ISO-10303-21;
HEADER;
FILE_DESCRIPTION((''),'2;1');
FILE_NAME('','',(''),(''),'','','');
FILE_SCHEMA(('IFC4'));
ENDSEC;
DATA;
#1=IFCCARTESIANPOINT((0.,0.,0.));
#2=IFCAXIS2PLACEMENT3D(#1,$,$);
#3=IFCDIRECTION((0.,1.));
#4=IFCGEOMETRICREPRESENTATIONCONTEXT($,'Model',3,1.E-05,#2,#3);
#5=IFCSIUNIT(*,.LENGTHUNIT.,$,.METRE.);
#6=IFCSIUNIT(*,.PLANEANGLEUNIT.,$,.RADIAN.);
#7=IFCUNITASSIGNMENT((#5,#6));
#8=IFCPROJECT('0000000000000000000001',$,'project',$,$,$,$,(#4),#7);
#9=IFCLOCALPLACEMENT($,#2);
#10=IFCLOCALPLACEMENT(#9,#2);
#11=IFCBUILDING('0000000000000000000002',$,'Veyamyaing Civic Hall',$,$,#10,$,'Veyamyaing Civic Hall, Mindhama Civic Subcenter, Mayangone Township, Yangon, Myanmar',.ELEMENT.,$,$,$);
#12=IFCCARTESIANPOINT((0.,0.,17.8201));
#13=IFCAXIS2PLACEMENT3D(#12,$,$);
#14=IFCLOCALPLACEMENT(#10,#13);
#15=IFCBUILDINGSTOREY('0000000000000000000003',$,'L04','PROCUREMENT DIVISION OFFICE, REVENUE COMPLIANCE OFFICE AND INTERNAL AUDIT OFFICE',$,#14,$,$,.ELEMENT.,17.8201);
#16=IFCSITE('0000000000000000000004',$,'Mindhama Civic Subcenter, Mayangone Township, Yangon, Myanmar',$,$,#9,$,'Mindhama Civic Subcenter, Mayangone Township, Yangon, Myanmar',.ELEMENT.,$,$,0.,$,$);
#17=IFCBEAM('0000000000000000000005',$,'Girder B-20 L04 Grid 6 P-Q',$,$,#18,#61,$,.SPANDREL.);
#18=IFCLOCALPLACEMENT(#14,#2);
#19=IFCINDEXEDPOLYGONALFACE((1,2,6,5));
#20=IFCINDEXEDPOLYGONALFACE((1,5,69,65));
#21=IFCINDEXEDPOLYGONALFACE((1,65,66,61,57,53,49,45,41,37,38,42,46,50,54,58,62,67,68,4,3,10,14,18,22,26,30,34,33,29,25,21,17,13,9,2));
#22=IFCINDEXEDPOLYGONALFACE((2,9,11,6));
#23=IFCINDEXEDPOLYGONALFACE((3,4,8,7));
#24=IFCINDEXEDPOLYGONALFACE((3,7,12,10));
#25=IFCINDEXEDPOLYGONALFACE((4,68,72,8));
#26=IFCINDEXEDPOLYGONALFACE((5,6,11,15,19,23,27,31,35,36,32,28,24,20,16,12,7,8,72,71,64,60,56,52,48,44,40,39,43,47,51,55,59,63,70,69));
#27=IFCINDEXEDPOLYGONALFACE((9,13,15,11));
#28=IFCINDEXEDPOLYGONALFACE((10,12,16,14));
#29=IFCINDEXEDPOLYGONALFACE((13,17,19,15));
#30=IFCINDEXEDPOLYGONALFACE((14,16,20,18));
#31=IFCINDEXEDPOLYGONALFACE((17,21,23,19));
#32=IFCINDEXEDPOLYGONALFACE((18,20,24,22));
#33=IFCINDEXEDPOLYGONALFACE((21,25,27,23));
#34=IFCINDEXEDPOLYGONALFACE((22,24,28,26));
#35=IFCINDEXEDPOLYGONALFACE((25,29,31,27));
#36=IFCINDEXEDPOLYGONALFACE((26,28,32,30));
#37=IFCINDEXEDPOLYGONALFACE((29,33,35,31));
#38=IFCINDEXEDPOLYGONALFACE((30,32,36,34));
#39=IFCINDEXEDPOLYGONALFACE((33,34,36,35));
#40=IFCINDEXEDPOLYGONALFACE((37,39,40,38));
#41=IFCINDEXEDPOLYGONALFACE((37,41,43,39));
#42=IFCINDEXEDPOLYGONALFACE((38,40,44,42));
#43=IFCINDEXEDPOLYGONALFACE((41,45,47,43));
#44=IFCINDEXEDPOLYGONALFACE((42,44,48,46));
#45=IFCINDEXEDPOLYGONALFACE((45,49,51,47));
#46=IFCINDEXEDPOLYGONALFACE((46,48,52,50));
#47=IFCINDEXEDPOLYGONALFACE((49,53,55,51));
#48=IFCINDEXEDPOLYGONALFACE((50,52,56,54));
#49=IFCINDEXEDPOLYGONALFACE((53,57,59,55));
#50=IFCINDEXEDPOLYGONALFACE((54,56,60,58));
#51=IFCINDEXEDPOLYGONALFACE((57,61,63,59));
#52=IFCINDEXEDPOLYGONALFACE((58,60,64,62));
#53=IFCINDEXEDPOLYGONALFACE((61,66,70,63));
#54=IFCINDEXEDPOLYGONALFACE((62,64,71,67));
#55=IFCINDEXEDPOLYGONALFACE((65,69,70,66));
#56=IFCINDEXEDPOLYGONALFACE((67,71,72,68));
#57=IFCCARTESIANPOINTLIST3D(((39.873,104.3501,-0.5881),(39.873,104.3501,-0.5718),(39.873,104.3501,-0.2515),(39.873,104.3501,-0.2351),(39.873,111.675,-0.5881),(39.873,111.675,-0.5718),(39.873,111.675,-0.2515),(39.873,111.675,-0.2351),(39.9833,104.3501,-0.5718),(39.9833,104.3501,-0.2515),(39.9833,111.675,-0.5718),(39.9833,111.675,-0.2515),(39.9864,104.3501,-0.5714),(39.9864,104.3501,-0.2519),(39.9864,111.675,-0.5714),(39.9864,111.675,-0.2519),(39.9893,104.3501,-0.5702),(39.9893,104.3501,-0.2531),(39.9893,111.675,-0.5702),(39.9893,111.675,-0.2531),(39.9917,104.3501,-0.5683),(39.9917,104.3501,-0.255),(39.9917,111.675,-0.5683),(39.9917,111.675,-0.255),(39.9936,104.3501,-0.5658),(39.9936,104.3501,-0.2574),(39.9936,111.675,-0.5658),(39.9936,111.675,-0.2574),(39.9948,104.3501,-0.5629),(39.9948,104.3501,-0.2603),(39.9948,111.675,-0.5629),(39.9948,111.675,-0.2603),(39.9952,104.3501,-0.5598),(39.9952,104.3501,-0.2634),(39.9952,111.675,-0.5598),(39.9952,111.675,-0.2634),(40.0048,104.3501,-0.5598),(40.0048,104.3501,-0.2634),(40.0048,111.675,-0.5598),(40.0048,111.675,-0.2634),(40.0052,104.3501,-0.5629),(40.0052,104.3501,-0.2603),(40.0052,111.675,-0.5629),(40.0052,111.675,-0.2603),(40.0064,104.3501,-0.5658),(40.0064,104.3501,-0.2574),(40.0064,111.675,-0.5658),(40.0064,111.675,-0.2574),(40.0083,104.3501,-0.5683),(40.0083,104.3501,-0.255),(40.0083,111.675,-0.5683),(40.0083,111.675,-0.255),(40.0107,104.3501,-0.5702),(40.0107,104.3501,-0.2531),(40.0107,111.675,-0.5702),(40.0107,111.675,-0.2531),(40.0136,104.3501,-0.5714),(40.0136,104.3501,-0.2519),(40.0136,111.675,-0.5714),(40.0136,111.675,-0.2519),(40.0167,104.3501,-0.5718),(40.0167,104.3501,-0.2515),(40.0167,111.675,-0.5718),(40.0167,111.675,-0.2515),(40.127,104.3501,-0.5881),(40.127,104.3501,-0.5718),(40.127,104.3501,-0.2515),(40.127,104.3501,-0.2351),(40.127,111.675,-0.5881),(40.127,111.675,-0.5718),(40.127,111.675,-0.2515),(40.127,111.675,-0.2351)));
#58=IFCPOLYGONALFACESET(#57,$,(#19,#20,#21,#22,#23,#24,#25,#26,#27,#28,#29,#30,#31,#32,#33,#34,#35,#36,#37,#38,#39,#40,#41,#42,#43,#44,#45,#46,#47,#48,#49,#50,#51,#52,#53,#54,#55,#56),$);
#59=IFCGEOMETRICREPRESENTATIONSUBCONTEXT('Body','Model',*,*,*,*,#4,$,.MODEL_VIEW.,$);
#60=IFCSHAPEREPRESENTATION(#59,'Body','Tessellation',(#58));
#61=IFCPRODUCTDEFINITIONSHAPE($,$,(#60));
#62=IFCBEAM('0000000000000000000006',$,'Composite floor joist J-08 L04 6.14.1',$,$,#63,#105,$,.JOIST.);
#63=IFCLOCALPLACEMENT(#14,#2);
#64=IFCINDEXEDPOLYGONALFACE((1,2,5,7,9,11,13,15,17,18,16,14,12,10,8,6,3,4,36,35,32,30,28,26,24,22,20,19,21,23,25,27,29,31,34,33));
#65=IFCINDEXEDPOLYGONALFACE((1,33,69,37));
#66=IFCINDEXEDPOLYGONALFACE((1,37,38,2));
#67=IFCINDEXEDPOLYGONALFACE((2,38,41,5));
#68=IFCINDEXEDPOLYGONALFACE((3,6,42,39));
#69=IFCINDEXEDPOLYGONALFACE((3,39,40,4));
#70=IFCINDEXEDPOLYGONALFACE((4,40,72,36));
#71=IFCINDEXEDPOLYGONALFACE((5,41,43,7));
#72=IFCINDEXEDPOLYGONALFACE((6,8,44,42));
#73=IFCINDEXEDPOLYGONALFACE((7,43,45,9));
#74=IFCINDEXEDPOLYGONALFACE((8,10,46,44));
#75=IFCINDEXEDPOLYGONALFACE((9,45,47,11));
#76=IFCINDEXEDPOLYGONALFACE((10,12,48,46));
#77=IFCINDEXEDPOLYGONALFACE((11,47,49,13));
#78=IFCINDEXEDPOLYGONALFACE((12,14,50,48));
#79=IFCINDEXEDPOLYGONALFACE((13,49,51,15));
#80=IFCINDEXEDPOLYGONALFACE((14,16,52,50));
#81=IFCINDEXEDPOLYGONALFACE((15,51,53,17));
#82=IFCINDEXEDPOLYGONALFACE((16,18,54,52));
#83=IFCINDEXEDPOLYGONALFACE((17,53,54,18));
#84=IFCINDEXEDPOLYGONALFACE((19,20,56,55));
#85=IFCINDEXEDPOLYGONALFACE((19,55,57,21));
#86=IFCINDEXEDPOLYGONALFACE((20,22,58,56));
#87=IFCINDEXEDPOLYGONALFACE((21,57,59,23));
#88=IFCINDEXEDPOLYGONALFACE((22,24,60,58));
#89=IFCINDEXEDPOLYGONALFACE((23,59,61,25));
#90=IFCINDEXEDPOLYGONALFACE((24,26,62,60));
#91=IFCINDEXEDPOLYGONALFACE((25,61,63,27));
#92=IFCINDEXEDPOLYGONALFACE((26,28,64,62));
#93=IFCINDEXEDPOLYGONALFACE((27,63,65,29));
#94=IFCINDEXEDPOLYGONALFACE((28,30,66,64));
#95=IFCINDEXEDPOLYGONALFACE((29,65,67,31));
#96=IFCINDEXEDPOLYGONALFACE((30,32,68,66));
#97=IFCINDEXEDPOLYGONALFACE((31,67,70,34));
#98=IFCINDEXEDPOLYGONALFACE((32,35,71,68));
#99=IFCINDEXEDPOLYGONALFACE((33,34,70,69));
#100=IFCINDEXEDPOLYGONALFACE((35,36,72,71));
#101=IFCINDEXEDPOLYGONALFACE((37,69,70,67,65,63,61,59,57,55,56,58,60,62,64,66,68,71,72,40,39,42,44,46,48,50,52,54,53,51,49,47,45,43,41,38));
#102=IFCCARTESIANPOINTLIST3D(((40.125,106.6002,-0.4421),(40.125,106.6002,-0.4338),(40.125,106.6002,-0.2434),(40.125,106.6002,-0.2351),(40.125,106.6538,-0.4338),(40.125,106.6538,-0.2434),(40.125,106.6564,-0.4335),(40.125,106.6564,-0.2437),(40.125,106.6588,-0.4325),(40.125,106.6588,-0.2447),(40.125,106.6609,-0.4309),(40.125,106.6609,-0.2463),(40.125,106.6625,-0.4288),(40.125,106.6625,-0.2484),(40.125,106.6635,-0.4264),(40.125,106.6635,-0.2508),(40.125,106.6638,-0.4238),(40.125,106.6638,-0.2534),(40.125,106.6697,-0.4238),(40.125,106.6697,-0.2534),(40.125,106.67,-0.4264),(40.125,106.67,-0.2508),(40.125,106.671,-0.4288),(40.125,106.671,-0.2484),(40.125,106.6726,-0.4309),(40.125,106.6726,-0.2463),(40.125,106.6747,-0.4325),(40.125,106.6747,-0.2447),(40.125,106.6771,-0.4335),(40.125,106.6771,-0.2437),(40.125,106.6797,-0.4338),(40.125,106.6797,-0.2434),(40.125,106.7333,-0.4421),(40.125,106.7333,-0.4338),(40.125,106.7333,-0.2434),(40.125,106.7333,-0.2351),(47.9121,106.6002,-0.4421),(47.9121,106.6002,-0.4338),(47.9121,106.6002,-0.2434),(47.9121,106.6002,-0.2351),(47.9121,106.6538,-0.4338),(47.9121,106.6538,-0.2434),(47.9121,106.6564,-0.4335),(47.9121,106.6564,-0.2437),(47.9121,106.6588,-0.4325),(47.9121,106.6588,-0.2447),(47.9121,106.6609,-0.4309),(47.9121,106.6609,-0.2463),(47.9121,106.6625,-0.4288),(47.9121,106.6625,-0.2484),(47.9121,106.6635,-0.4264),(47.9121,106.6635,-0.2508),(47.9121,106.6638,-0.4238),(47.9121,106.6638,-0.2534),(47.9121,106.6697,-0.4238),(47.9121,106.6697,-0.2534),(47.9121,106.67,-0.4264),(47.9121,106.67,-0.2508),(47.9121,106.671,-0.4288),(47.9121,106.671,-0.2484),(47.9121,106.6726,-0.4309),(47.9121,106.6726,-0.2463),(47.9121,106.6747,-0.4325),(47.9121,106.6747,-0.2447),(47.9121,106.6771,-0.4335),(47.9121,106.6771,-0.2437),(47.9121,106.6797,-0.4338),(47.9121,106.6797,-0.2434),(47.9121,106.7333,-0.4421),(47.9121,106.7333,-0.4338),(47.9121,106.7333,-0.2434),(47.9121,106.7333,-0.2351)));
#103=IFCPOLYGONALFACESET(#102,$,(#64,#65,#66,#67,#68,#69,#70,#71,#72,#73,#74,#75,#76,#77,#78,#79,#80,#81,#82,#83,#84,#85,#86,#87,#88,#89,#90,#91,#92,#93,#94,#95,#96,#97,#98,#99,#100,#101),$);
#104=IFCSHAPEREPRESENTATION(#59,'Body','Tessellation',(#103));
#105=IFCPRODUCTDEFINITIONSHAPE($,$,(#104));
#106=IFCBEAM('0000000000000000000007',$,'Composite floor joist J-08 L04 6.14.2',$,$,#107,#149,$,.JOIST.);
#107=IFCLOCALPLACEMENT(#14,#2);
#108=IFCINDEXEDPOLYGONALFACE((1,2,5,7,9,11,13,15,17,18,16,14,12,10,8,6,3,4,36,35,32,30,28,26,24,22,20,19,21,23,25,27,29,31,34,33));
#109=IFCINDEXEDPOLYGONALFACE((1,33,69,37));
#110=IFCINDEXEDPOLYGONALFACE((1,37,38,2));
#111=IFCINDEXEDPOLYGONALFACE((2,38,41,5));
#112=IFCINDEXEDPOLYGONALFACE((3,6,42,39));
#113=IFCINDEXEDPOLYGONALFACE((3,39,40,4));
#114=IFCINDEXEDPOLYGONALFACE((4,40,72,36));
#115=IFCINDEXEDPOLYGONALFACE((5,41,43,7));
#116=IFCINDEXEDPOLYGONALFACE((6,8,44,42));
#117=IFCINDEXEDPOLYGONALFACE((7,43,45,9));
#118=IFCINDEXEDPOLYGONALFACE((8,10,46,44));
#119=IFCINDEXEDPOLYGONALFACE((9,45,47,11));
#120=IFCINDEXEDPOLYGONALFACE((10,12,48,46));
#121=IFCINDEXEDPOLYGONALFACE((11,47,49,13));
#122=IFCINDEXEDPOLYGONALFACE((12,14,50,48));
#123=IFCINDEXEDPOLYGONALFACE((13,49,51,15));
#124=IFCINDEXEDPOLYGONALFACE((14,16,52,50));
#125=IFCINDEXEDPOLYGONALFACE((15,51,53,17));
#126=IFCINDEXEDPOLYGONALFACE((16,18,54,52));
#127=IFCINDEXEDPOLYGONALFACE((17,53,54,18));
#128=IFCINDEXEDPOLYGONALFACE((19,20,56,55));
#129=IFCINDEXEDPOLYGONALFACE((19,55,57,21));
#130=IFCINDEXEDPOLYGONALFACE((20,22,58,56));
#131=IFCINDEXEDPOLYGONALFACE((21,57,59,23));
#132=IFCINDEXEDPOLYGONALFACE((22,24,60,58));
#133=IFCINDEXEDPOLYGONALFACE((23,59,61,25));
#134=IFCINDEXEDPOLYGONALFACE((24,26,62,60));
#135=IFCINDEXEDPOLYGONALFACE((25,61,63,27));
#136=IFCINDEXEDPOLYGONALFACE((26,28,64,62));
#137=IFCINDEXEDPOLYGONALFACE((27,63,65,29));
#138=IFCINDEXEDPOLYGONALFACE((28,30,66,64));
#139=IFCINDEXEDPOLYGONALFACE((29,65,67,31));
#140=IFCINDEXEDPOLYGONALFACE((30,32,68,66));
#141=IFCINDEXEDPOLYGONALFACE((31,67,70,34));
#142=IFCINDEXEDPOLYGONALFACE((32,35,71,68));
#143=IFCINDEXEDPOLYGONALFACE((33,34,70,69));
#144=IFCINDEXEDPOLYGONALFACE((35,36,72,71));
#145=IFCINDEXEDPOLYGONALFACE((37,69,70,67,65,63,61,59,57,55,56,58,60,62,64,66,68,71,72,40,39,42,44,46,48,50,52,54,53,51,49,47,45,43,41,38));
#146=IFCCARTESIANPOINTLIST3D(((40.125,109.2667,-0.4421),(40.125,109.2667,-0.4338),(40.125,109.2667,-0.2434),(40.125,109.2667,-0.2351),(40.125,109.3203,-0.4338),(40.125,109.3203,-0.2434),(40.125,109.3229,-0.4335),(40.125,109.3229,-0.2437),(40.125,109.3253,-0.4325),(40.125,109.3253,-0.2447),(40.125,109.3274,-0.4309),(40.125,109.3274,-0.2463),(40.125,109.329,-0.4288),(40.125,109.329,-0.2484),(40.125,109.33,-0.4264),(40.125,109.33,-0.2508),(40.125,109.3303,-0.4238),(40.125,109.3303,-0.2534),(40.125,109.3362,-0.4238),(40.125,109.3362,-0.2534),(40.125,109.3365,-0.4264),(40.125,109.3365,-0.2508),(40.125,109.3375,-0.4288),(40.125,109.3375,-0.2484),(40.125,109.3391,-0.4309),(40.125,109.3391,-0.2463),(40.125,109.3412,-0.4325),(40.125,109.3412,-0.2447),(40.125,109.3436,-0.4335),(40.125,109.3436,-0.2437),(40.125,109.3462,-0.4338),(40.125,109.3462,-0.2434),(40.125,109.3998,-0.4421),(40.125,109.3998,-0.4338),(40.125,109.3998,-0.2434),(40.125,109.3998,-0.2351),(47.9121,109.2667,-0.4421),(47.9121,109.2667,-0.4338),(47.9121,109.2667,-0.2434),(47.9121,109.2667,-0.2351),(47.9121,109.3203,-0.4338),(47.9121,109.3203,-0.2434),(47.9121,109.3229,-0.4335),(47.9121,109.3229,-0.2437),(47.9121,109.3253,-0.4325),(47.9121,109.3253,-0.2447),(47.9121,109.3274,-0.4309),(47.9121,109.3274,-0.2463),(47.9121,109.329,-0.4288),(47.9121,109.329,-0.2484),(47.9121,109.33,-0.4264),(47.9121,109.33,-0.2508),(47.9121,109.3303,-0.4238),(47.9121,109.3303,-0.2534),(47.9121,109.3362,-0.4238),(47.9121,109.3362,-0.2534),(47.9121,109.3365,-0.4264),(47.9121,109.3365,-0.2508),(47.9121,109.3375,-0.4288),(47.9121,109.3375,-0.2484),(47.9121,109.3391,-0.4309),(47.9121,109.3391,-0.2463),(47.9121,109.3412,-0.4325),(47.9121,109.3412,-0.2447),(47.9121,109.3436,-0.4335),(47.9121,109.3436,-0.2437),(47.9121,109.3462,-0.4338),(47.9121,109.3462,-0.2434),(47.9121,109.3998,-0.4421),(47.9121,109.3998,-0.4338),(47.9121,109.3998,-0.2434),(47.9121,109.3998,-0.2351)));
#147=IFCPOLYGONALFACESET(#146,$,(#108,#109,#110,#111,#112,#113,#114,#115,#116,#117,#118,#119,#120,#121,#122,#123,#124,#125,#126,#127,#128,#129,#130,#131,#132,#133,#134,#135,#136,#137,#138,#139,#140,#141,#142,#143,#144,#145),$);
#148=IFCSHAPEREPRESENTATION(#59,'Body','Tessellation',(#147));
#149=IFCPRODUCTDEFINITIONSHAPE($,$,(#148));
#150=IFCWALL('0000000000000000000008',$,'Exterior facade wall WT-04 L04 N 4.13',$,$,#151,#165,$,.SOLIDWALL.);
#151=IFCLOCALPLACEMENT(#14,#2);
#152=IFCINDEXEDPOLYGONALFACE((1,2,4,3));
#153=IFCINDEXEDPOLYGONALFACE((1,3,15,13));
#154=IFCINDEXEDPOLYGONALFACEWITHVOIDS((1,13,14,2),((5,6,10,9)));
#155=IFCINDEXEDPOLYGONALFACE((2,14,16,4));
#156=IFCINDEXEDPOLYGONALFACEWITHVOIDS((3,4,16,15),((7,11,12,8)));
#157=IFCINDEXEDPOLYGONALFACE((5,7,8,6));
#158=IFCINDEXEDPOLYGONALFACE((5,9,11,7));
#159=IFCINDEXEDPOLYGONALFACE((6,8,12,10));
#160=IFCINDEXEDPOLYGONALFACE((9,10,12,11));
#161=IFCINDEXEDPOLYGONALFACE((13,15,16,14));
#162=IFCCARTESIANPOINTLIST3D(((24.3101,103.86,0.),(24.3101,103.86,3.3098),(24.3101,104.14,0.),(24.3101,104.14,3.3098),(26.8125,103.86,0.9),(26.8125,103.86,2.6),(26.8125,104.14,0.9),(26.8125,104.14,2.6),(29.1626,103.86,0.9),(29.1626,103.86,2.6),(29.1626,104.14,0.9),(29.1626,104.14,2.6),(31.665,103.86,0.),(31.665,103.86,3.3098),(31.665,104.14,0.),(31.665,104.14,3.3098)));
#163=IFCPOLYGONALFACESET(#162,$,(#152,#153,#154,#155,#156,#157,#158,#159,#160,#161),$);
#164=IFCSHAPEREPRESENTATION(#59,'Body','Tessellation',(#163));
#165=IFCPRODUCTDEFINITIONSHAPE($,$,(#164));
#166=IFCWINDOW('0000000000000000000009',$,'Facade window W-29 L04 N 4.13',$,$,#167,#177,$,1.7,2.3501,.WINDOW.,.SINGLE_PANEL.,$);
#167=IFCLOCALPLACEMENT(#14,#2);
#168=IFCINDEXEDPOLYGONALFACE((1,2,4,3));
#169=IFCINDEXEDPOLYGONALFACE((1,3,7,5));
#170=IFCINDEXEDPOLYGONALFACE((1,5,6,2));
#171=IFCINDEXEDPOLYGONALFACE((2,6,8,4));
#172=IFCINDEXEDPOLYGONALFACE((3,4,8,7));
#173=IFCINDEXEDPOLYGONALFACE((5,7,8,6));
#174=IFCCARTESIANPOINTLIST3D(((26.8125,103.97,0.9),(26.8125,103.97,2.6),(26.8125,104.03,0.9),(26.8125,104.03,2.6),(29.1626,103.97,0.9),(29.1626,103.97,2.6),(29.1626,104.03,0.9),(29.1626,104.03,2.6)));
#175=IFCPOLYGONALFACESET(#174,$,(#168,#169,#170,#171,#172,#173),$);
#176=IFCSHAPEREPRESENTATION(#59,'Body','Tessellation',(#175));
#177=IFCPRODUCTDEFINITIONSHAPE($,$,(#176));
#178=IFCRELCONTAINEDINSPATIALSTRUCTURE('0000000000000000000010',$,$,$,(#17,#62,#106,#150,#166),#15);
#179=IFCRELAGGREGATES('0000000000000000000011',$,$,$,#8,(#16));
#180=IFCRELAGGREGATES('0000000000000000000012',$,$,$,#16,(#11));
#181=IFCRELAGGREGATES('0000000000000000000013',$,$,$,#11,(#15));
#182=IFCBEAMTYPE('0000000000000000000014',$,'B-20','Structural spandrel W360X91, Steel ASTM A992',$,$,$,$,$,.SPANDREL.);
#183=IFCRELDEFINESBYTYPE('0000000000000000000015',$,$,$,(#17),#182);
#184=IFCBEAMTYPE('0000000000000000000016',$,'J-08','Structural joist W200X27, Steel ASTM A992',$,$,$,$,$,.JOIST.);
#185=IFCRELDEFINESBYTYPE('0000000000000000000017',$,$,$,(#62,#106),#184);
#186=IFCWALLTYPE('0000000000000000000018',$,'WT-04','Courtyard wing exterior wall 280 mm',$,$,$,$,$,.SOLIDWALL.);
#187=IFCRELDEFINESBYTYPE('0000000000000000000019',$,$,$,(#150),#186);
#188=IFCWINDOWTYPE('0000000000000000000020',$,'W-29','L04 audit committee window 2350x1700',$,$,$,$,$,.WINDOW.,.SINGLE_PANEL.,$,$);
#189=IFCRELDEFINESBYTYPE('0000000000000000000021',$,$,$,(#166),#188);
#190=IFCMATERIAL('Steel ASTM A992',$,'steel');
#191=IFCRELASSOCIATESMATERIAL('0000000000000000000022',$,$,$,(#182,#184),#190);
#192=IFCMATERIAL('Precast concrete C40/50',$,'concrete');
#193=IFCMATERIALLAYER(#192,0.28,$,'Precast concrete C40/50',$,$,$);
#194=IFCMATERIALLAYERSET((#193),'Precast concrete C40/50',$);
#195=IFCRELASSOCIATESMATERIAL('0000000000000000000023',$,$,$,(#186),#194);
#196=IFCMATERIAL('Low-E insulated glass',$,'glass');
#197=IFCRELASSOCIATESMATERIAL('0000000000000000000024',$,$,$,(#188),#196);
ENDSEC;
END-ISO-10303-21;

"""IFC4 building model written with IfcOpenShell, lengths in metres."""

from ifc_helpers import new_model, si_unit, direction, frame, frame_2d, origin, origin_2d, place, context, subcontext, project, spatial, rectangle, i_section, extrude, material, layer, layer_set, material_profile, profile_set, type_object, element, fill, save


model = new_model("IFC4")

# Units and contexts
model_context = context("Model", 3, precision=1e-05, world=origin(), true_north=direction((0.0, 1.0)))
body_context = subcontext(model_context, "Body", "Model", "MODEL_VIEW")
ifc_project = project(units=[si_unit("LENGTHUNIT", "METRE"), si_unit("PLANEANGLEUNIT", "RADIAN")], contexts=[model_context])

# Site, building, storey
site_placement = place(None, origin())
site = spatial("IfcSite", under=ifc_project, at=site_placement, Name="Mindhama Civic Subcenter, Mayangone Township, Yangon, Myanmar", LongName="Mindhama Civic Subcenter, Mayangone Township, Yangon, Myanmar", CompositionType="ELEMENT", RefElevation=0.0)
building_placement = place(site_placement, origin())
building = spatial("IfcBuilding", under=site, at=building_placement, Name="Veyamyaing Civic Hall", LongName="Veyamyaing Civic Hall, Mindhama Civic Subcenter, Mayangone Township, Yangon, Myanmar", CompositionType="ELEMENT")
storey_placement = place(building_placement, frame((0.0, 0.0, 17.8201)))
storey = spatial("IfcBuildingStorey", under=building, at=storey_placement, Name="L04", Description="PROCUREMENT DIVISION OFFICE, REVENUE COMPLIANCE OFFICE AND INTERNAL AUDIT OFFICE", CompositionType="ELEMENT", Elevation=17.8201)

# Beams
ifc_material_1 = material(Name="Steel ASTM A992", Category="steel")
ifc_material_profile_1 = material_profile(ifc_material_1, i_section(OverallWidth=0.2539, OverallDepth=0.353, WebThickness=0.0095, FlangeThickness=0.0164, FilletRadius=0.012, at=origin_2d()), Name="W360X91")
ifc_profile_set_1 = profile_set([ifc_material_profile_1], Name="Steel ASTM A992")
beam_type_1 = type_object("IfcBeamType", Name="B-20", Description="Structural spandrel W360X91, Steel ASTM A992", PredefinedType="SPANDREL", material=ifc_profile_set_1)
beam_1_placement = place(storey_placement, frame((40.0, 104.3501, -0.4116), z_axis=(0.0, 1.0, 0.0), x_axis=(-1.0, 0.0, 0.0)))
element("IfcBeam", 1, at=beam_1_placement, inside=storey, type_object=beam_type_1, Name="Girder B-20 L04 Grid 6 P-Q", PredefinedType="SPANDREL", context=body_context, shape_type="SweptSolid", body=[
    extrude(i_section(OverallWidth=0.2539, OverallDepth=0.353, WebThickness=0.0095, FlangeThickness=0.0164, FilletRadius=0.012, at=origin_2d()), origin(), (0.0, 0.0, 1.0), 7.325),
])
ifc_material_profile_2 = material_profile(ifc_material_1, i_section(OverallWidth=0.1331, OverallDepth=0.207, WebThickness=0.0059, FlangeThickness=0.0083, FilletRadius=0.01, at=origin_2d()), Name="W200X27")
ifc_profile_set_2 = profile_set([ifc_material_profile_2], Name="Steel ASTM A992")
beam_type_2 = type_object("IfcBeamType", Name="J-08", Description="Structural joist W200X27, Steel ASTM A992", PredefinedType="JOIST", material=ifc_profile_set_2)
for number, where, z_axis, x_axis, name in (
    (2, (40.125, 106.6667, -0.3386), (1.0, 0.0, 0.0), (0.0, 1.0, 0.0), "Composite floor joist J-08 L04 6.14.1"),
    (3, (40.125, 109.3333, -0.3386), (1.0, 0.0, 0.0), (0.0, 1.0, 0.0), "Composite floor joist J-08 L04 6.14.2"),
):
    element("IfcBeam", number, at=place(storey_placement, frame(where, z_axis=z_axis, x_axis=x_axis)), inside=storey, type_object=beam_type_2, Name=name, PredefinedType="JOIST", context=body_context, shape_type="SweptSolid", body=[
        extrude(i_section(OverallWidth=0.1331, OverallDepth=0.207, WebThickness=0.0059, FlangeThickness=0.0083, FilletRadius=0.01, at=origin_2d()), origin(), (0.0, 0.0, 1.0), 7.7871),
    ])

# Wall, opening, window
ifc_material_2 = material(Name="Precast concrete C40/50", Category="concrete")
ifc_layer_1 = layer(ifc_material_2, 0.28, Name="Precast concrete C40/50")
ifc_layer_set_1 = layer_set([ifc_layer_1], Name="Precast concrete C40/50")
wall_type = type_object("IfcWallType", Name="WT-04", Description="Courtyard wing exterior wall 280 mm", PredefinedType="SOLIDWALL", material=ifc_layer_set_1)
wall_1_placement = place(storey_placement, frame((24.3101, 104.0, 0.0), z_axis=(0.0, 0.0, 1.0), x_axis=(1.0, 0.0, 0.0)))
wall_1 = element("IfcWall", 4, at=wall_1_placement, inside=storey, type_object=wall_type, Name="Exterior facade wall WT-04 L04 N 4.13", PredefinedType="SOLIDWALL", context=body_context, shape_type="SweptSolid", body=[
    extrude(rectangle(XDim=7.355, YDim=0.28, at=frame_2d((3.6775, 0.0))), origin(), (0.0, 0.0, 1.0), 3.3098),
])
opening_1_placement = place(wall_1_placement, frame((2.5024, 0.0, 0.8999)))
opening_1 = element("IfcOpeningElement", 5, at=opening_1_placement, cuts=wall_1, PredefinedType="OPENING", context=body_context, shape_type="SweptSolid", body=[
    extrude(rectangle(XDim=2.3501, YDim=1.7, at=frame_2d((1.175, 0.8501))), frame((0.0, 0.1499, 0.0), z_axis=(0.0, -1.0, 0.0), x_axis=(1.0, 0.0, 0.0)), (0.0, 0.0, 1.0), 0.3),
])
ifc_material_3 = material(Name="Low-E insulated glass", Category="glass")
window_type_1 = type_object("IfcWindowType", Name="W-29", Description="L04 audit committee window 2350x1700", PartitioningType="SINGLE_PANEL", PredefinedType="WINDOW", material=ifc_material_3)
window_1_placement = place(opening_1_placement, origin())
window_1 = element("IfcWindow", 6, at=window_1_placement, inside=storey, type_object=window_type_1, Name="Facade window W-29 L04 N 4.13", OverallHeight=1.7, OverallWidth=2.3501, PartitioningType="SINGLE_PANEL", PredefinedType="WINDOW", context=body_context, shape_type="SweptSolid", body=[
    extrude(rectangle(XDim=2.3501, YDim=1.7, at=frame_2d((1.175, 0.8501))), frame((0.0, 0.03, 0.0), z_axis=(0.0, -1.0, 0.0), x_axis=(1.0, 0.0, 0.0)), (0.0, 0.0, 1.0), 0.0601),
])
fill(opening_1, window_1)

save(model, "model.ifc")
